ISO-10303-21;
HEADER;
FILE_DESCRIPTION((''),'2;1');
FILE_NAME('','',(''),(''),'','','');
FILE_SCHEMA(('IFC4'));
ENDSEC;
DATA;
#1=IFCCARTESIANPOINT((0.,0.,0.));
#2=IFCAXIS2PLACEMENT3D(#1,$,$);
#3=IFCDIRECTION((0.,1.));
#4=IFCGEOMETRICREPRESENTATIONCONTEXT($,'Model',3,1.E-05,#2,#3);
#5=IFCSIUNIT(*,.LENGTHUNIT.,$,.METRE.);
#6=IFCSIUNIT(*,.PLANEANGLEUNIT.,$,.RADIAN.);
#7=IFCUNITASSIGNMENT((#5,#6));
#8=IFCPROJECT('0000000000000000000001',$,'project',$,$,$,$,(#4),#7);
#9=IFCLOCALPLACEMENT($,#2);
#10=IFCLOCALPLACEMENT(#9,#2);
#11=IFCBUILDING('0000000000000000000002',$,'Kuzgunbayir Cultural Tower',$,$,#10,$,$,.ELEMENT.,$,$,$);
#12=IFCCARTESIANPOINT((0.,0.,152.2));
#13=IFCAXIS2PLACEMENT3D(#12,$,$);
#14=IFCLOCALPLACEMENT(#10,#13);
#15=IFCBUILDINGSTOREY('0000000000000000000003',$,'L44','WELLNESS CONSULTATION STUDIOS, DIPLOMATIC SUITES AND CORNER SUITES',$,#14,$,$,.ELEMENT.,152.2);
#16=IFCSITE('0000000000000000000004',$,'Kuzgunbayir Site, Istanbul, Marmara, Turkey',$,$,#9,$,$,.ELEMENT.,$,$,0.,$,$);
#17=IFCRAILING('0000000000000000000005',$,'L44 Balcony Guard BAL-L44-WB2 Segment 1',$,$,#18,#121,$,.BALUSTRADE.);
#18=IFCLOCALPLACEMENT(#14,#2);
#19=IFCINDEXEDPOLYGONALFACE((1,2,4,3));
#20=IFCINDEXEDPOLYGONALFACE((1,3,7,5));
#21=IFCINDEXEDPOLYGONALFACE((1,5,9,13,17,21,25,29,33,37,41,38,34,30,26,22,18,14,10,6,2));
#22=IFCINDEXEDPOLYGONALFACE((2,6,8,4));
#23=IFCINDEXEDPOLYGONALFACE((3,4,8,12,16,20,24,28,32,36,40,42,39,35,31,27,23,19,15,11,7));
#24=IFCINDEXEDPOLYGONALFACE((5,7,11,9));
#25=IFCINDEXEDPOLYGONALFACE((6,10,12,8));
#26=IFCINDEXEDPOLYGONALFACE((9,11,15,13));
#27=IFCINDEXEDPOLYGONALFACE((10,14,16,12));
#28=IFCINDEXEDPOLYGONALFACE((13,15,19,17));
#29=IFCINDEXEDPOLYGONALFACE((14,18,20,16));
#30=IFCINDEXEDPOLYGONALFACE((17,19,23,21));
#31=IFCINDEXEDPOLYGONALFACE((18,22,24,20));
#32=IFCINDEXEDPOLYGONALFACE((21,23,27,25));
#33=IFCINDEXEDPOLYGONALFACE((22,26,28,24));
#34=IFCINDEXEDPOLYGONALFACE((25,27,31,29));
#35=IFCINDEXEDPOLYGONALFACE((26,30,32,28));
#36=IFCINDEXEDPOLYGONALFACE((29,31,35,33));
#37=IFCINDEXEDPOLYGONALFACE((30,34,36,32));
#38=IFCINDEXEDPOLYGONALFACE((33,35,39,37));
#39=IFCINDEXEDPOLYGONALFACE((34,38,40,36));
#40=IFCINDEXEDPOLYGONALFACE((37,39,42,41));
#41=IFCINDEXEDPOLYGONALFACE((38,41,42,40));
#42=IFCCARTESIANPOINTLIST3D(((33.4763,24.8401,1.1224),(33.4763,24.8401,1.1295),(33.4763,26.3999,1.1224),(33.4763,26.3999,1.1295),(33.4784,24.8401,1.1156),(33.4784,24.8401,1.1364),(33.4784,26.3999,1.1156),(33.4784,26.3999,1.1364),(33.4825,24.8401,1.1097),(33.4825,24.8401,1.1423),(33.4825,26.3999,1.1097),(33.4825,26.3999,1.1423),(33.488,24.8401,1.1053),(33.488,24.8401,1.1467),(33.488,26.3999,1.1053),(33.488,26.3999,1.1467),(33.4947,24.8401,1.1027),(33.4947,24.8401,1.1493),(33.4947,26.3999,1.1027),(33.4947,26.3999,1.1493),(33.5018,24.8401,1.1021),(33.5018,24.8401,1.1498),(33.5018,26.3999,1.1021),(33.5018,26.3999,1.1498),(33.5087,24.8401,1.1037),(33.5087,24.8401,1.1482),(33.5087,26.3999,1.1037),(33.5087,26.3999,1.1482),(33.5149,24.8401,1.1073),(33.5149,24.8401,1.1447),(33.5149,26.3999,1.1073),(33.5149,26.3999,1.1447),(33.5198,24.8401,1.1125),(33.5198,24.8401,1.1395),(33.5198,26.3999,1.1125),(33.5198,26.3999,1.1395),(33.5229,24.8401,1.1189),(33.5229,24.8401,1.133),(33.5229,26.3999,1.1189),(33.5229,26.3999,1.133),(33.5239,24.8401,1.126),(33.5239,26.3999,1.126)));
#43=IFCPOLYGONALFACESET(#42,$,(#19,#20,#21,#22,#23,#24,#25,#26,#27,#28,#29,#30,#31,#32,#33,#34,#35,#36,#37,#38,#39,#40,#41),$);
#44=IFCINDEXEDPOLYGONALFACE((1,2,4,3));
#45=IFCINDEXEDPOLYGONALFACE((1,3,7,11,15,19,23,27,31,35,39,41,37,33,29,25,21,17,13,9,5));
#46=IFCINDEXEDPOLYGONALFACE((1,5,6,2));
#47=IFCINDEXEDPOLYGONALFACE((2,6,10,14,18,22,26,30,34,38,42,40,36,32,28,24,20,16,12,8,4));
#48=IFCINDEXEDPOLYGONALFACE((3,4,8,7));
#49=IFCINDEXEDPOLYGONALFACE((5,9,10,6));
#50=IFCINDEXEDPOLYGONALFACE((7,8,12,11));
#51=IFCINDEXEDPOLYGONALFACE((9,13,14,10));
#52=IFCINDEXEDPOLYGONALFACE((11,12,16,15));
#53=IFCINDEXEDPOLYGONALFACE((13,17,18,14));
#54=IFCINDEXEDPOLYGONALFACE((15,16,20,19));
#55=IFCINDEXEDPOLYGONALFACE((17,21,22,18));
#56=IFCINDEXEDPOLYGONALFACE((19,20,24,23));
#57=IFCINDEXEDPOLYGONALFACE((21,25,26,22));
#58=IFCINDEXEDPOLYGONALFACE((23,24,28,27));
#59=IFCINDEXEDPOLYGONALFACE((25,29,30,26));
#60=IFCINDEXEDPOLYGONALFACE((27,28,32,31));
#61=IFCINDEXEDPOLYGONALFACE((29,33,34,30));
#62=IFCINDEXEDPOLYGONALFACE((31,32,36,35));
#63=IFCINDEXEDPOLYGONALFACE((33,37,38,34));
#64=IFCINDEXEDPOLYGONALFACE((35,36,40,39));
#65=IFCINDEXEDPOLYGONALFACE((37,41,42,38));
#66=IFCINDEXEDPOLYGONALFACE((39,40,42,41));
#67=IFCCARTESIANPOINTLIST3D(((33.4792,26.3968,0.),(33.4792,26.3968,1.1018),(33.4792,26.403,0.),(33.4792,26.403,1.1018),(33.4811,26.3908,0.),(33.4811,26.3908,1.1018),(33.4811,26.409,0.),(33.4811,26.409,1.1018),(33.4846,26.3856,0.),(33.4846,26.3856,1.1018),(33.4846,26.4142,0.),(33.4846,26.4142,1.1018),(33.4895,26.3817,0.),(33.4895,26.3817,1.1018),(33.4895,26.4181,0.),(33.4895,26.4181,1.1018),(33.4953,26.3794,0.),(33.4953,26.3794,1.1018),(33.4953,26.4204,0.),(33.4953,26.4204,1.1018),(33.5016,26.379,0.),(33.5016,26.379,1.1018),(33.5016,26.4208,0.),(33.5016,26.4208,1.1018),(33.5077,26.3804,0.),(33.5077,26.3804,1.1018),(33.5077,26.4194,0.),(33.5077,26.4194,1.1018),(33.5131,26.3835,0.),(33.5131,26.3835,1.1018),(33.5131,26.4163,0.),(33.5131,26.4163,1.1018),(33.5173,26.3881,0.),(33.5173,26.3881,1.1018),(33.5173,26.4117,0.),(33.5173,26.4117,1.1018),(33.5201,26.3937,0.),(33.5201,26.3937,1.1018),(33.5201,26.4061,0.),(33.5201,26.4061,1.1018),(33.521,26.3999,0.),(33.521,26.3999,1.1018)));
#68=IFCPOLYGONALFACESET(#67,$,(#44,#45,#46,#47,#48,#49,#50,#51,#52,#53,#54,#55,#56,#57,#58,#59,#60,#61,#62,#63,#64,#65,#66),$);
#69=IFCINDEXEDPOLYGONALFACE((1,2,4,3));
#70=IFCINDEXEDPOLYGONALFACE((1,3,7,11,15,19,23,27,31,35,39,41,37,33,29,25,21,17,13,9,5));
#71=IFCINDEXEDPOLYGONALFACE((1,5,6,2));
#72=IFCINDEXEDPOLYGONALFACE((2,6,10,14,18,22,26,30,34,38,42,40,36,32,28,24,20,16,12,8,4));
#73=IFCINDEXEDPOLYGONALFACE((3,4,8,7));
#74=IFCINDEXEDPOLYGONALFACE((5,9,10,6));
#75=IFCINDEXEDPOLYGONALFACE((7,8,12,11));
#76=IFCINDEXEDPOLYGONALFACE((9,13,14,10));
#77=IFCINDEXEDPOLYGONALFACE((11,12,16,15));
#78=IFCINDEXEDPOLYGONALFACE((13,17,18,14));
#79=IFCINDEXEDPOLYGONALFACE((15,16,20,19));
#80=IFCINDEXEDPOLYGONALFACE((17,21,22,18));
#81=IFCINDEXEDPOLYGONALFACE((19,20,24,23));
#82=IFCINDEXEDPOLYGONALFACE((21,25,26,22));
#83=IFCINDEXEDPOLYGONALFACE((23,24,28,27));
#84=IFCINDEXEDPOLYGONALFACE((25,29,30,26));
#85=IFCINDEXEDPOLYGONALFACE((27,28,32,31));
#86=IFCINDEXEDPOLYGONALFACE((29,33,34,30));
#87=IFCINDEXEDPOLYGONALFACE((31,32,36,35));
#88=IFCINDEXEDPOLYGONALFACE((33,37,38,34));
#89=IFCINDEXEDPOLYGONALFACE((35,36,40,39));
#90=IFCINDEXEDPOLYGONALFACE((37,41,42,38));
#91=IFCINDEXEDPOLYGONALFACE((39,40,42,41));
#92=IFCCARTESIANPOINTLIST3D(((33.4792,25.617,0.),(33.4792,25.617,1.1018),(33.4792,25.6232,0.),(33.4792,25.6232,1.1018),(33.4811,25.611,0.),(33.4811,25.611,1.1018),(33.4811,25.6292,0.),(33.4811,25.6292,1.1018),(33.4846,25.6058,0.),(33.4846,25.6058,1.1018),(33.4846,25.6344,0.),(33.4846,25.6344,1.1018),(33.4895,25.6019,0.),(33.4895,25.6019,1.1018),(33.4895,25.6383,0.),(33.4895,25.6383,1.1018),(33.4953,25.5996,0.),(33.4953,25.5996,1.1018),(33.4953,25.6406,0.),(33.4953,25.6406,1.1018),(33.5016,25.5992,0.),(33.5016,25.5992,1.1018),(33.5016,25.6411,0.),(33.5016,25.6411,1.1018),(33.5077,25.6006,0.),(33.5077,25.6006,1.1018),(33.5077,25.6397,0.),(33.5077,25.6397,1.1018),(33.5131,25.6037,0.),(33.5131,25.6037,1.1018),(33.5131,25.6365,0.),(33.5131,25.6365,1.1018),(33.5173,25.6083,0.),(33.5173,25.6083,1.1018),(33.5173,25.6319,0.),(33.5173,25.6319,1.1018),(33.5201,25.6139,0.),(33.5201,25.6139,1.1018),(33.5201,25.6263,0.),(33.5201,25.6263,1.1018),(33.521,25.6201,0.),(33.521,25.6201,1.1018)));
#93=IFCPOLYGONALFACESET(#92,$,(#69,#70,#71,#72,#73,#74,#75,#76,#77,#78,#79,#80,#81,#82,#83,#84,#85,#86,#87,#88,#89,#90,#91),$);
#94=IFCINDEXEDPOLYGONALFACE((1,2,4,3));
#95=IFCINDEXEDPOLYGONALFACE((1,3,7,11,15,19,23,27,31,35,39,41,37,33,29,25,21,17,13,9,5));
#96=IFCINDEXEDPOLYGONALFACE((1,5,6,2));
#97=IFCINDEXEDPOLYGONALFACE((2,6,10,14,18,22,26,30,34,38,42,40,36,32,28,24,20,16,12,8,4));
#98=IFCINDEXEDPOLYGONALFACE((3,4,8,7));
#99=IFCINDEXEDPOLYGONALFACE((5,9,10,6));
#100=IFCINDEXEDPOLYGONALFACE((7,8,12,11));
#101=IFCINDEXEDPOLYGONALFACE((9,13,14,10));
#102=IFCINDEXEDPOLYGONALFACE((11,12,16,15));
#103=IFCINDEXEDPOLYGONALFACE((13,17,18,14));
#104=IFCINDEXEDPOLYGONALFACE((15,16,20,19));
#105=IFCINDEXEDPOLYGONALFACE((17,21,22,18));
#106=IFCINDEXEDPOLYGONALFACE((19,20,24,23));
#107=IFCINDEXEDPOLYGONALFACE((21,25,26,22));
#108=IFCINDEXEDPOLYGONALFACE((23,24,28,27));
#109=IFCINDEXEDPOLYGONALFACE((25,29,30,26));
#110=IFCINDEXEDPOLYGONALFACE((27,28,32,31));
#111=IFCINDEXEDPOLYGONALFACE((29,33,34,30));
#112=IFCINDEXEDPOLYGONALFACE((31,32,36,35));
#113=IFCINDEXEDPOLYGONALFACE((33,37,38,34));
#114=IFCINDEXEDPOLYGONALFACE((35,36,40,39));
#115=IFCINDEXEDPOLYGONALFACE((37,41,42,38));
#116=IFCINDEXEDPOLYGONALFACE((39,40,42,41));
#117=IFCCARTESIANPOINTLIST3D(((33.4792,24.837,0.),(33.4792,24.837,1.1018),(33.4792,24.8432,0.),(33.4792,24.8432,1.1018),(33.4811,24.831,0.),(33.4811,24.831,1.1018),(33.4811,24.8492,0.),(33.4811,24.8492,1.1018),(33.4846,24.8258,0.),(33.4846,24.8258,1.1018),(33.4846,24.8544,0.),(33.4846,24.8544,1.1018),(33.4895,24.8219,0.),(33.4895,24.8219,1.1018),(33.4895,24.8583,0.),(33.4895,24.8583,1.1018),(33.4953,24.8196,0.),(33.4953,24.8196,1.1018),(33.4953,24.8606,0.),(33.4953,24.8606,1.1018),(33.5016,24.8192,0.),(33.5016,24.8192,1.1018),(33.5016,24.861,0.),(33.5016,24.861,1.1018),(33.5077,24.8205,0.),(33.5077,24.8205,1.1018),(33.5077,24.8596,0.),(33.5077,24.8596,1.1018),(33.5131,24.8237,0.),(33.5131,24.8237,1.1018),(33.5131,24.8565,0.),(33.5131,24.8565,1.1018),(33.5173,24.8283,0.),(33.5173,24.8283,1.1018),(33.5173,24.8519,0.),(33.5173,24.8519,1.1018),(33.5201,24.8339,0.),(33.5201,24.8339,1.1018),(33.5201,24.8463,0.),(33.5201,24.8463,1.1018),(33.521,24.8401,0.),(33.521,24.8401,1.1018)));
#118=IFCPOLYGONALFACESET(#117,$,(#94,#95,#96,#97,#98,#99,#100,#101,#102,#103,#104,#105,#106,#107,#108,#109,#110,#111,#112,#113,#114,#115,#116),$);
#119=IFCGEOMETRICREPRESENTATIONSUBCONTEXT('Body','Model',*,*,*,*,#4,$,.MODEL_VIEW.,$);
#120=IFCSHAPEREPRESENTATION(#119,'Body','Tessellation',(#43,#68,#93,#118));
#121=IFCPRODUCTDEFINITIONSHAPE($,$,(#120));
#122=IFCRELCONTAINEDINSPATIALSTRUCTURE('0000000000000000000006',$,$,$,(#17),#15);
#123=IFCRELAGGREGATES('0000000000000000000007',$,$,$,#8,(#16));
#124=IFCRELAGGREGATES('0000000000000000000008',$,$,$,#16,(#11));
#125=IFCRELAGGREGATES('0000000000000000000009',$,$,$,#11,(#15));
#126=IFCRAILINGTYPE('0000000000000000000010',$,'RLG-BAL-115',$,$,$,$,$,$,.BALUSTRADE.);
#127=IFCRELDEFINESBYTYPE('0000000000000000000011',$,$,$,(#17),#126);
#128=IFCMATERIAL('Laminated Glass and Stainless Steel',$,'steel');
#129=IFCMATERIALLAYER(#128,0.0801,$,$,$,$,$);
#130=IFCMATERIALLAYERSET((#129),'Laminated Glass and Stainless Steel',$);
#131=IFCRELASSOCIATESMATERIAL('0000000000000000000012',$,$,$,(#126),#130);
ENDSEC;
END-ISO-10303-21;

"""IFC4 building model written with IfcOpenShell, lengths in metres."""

from ifc_helpers import new_model, si_unit, direction, frame, origin, origin_2d, place, context, subcontext, project, spatial, circle, extrude, material, layer, layer_set, type_object, element, save


model = new_model("IFC4")

# Units and contexts
model_context = context("Model", 3, precision=1e-05, world=origin(), true_north=direction((0.0, 1.0)))
body_context = subcontext(model_context, "Body", "Model", "MODEL_VIEW")
ifc_project = project(units=[si_unit("LENGTHUNIT", "METRE"), si_unit("PLANEANGLEUNIT", "RADIAN")], contexts=[model_context])

# Site, building, storey
site_placement = place(None, origin())
site = spatial("IfcSite", under=ifc_project, at=site_placement, Name="Kuzgunbayir Site, Istanbul, Marmara, Turkey", CompositionType="ELEMENT", RefElevation=0.0)
building_placement = place(site_placement, origin())
building = spatial("IfcBuilding", under=site, at=building_placement, Name="Kuzgunbayir Cultural Tower", CompositionType="ELEMENT")
storey_placement = place(building_placement, frame((0.0, 0.0, 152.2)))
storey = spatial("IfcBuildingStorey", under=building, at=storey_placement, Name="L44", Description="WELLNESS CONSULTATION STUDIOS, DIPLOMATIC SUITES AND CORNER SUITES", CompositionType="ELEMENT", Elevation=152.2)

# Railing
ifc_material_1 = material(Name="Laminated Glass and Stainless Steel", Category="steel")
ifc_layer_1 = layer(ifc_material_1, 0.0801)
ifc_layer_set_1 = layer_set([ifc_layer_1], Name="Laminated Glass and Stainless Steel")
railing_type = type_object("IfcRailingType", Name="RLG-BAL-115", PredefinedType="BALUSTRADE", material=ifc_layer_set_1)
railing_1_placement = place(storey_placement, frame((33.5, 26.3999, 0.0)))
element("IfcRailing", 1, at=railing_1_placement, inside=storey, type_object=railing_type, Name="L44 Balcony Guard BAL-L44-WB2 Segment 1", PredefinedType="BALUSTRADE", context=body_context, shape_type="SweptSolid", body=[
    extrude(circle(Radius=0.0239, at=origin_2d()), frame((0.0, 0.0, 1.126), z_axis=(0.0, -1.0, 0.0), x_axis=(1.0, 0.0, 0.0)), (0.0, 0.0, 1.0), 1.5598),
    extrude(circle(Radius=0.021, at=origin_2d()), origin(), (0.0, 0.0, 1.0), 1.1018),
    extrude(circle(Radius=0.021, at=origin_2d()), frame((0.0, -0.7798, 0.0)), (0.0, 0.0, 1.0), 1.1018),
    extrude(circle(Radius=0.021, at=origin_2d()), frame((0.0, -1.5598, 0.0)), (0.0, 0.0, 1.0), 1.1018),
])

save(model, "model.ifc")
